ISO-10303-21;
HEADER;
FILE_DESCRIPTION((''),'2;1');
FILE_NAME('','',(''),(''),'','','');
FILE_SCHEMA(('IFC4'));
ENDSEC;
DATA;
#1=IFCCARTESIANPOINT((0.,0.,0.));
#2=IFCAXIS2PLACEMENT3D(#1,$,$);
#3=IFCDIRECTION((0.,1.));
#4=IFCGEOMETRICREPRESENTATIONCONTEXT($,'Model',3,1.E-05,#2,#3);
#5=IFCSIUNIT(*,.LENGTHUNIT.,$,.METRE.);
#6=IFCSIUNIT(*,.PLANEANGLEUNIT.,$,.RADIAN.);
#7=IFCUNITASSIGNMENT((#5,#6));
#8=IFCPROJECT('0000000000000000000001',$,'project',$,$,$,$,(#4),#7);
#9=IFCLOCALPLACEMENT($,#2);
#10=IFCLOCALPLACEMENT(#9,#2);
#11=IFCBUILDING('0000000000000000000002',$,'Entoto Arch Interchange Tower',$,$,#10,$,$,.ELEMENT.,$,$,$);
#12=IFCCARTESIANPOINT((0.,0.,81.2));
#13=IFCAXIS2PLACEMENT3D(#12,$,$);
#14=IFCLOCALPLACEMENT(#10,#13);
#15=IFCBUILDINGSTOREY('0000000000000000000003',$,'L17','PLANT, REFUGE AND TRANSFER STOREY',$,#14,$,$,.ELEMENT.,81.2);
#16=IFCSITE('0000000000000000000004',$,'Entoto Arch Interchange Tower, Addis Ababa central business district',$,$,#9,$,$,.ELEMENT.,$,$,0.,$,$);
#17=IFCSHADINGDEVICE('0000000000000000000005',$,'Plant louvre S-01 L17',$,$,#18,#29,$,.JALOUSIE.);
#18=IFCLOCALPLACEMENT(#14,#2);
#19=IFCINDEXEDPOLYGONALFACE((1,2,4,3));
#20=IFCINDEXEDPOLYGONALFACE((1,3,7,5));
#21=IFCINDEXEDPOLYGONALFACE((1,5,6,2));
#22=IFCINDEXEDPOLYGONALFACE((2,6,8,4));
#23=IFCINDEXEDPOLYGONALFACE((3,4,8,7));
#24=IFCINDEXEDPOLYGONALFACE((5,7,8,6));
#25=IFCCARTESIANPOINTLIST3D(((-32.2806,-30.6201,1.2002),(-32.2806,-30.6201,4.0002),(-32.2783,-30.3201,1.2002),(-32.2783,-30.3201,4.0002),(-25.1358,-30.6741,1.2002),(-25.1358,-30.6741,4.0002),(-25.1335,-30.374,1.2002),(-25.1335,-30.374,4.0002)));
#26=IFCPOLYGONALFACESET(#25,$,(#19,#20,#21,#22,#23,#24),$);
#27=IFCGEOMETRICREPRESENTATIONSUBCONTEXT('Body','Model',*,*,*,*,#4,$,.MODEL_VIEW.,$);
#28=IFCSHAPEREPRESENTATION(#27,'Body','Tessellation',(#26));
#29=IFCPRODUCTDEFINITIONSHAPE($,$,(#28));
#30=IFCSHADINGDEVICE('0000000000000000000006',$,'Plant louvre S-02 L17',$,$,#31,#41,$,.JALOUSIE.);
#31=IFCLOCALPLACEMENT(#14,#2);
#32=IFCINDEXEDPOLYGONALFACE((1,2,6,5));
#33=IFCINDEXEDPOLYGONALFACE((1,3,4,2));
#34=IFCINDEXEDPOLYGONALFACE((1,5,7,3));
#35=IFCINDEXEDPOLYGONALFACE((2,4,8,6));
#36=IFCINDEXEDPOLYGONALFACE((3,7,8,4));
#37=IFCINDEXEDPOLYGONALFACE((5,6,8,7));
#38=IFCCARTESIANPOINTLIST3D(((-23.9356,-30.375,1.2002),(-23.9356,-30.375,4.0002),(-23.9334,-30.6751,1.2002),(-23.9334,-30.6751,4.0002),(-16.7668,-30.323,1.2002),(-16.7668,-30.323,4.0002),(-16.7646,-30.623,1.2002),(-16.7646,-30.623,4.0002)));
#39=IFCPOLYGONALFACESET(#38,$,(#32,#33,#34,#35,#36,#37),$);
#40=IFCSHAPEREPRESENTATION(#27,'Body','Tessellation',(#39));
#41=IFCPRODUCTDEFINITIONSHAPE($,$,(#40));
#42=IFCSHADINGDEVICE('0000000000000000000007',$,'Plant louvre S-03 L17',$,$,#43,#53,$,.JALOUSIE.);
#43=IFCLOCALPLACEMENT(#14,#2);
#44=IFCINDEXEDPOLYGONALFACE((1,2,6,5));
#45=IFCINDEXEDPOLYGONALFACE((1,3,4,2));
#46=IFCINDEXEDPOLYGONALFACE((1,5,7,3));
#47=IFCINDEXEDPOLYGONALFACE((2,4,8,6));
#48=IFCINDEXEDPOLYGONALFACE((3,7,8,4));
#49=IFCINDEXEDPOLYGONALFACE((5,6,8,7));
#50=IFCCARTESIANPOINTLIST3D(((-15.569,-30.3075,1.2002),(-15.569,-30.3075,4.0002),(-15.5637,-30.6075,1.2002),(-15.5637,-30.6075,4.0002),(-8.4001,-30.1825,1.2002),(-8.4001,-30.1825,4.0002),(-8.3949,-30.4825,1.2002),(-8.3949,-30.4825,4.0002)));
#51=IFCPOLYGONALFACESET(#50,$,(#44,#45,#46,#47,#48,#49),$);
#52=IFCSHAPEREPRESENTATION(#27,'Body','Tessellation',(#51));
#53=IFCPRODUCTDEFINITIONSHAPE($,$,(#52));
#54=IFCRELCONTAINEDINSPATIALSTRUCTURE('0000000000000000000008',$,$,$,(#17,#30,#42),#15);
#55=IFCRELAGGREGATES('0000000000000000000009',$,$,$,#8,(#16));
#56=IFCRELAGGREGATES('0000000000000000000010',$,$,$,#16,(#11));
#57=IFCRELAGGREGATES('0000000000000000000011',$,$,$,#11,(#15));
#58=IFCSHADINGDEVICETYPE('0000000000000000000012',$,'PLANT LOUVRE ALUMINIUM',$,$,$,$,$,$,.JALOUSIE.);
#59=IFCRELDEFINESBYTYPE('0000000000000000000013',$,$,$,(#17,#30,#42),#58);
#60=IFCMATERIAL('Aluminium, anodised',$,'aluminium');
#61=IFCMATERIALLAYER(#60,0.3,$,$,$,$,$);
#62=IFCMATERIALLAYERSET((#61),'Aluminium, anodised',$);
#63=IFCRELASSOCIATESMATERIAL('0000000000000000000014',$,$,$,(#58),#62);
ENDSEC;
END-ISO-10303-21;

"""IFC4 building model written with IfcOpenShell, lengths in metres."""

from ifc_helpers import new_model, si_unit, direction, frame, origin, origin_2d, place, context, subcontext, project, spatial, rectangle, extrude, material, layer, layer_set, type_object, element, save


model = new_model("IFC4")

# Units and contexts
model_context = context("Model", 3, precision=1e-05, world=origin(), true_north=direction((0.0, 1.0)))
body_context = subcontext(model_context, "Body", "Model", "MODEL_VIEW")
ifc_project = project(units=[si_unit("LENGTHUNIT", "METRE"), si_unit("PLANEANGLEUNIT", "RADIAN")], contexts=[model_context])

# Site, building, storey
site_placement = place(None, origin())
site = spatial("IfcSite", under=ifc_project, at=site_placement, Name="Entoto Arch Interchange Tower, Addis Ababa central business district", CompositionType="ELEMENT", RefElevation=0.0)
building_placement = place(site_placement, origin())
building = spatial("IfcBuilding", under=site, at=building_placement, Name="Entoto Arch Interchange Tower", CompositionType="ELEMENT")
storey_placement = place(building_placement, frame((0.0, 0.0, 81.2)))
storey = spatial("IfcBuildingStorey", under=building, at=storey_placement, Name="L17", Description="PLANT, REFUGE AND TRANSFER STOREY", CompositionType="ELEMENT", Elevation=81.2)

# Shading devices
ifc_material_1 = material(Name="Aluminium, anodised", Category="aluminium")
ifc_layer_1 = layer(ifc_material_1, 0.3)
ifc_layer_set_1 = layer_set([ifc_layer_1], Name="Aluminium, anodised")
shading_device_type = type_object("IfcShadingDeviceType", Name="PLANT LOUVRE ALUMINIUM", PredefinedType="JALOUSIE", material=ifc_layer_set_1)
shading_device_1_placement = place(storey_placement, frame((-28.707, -30.4971, 1.2002), z_axis=(0.0, 0.0, 1.0), x_axis=(0.999971, -0.007557, 0.0)))
element("IfcShadingDevice", 1, at=shading_device_1_placement, inside=storey, type_object=shading_device_type, Name="Plant louvre S-01 L17", PredefinedType="JALOUSIE", context=body_context, shape_type="SweptSolid", body=[
    extrude(rectangle(XDim=7.145, YDim=0.3, at=origin_2d()), origin(), (0.0, 0.0, 1.0), 2.8),
])
shading_device_2_placement = place(storey_placement, frame((-20.3501, -30.499, 1.2002), z_axis=(0.0, 0.0, 1.0), x_axis=(0.999974, 0.007261, 0.0)))
element("IfcShadingDevice", 2, at=shading_device_2_placement, inside=storey, type_object=shading_device_type, Name="Plant louvre S-02 L17", PredefinedType="JALOUSIE", context=body_context, shape_type="SweptSolid", body=[
    extrude(rectangle(XDim=7.1689, YDim=0.3, at=origin_2d()), origin(), (0.0, 0.0, 1.0), 2.8),
])
shading_device_3_placement = place(storey_placement, frame((-11.9819, -30.395, 1.2002), z_axis=(0.0, 0.0, 1.0), x_axis=(0.999848, 0.017435, 0.0)))
element("IfcShadingDevice", 3, at=shading_device_3_placement, inside=storey, type_object=shading_device_type, Name="Plant louvre S-03 L17", PredefinedType="JALOUSIE", context=body_context, shape_type="SweptSolid", body=[
    extrude(rectangle(XDim=7.1699, YDim=0.3, at=origin_2d()), origin(), (0.0, 0.0, 1.0), 2.8),
])

save(model, "model.ifc")
